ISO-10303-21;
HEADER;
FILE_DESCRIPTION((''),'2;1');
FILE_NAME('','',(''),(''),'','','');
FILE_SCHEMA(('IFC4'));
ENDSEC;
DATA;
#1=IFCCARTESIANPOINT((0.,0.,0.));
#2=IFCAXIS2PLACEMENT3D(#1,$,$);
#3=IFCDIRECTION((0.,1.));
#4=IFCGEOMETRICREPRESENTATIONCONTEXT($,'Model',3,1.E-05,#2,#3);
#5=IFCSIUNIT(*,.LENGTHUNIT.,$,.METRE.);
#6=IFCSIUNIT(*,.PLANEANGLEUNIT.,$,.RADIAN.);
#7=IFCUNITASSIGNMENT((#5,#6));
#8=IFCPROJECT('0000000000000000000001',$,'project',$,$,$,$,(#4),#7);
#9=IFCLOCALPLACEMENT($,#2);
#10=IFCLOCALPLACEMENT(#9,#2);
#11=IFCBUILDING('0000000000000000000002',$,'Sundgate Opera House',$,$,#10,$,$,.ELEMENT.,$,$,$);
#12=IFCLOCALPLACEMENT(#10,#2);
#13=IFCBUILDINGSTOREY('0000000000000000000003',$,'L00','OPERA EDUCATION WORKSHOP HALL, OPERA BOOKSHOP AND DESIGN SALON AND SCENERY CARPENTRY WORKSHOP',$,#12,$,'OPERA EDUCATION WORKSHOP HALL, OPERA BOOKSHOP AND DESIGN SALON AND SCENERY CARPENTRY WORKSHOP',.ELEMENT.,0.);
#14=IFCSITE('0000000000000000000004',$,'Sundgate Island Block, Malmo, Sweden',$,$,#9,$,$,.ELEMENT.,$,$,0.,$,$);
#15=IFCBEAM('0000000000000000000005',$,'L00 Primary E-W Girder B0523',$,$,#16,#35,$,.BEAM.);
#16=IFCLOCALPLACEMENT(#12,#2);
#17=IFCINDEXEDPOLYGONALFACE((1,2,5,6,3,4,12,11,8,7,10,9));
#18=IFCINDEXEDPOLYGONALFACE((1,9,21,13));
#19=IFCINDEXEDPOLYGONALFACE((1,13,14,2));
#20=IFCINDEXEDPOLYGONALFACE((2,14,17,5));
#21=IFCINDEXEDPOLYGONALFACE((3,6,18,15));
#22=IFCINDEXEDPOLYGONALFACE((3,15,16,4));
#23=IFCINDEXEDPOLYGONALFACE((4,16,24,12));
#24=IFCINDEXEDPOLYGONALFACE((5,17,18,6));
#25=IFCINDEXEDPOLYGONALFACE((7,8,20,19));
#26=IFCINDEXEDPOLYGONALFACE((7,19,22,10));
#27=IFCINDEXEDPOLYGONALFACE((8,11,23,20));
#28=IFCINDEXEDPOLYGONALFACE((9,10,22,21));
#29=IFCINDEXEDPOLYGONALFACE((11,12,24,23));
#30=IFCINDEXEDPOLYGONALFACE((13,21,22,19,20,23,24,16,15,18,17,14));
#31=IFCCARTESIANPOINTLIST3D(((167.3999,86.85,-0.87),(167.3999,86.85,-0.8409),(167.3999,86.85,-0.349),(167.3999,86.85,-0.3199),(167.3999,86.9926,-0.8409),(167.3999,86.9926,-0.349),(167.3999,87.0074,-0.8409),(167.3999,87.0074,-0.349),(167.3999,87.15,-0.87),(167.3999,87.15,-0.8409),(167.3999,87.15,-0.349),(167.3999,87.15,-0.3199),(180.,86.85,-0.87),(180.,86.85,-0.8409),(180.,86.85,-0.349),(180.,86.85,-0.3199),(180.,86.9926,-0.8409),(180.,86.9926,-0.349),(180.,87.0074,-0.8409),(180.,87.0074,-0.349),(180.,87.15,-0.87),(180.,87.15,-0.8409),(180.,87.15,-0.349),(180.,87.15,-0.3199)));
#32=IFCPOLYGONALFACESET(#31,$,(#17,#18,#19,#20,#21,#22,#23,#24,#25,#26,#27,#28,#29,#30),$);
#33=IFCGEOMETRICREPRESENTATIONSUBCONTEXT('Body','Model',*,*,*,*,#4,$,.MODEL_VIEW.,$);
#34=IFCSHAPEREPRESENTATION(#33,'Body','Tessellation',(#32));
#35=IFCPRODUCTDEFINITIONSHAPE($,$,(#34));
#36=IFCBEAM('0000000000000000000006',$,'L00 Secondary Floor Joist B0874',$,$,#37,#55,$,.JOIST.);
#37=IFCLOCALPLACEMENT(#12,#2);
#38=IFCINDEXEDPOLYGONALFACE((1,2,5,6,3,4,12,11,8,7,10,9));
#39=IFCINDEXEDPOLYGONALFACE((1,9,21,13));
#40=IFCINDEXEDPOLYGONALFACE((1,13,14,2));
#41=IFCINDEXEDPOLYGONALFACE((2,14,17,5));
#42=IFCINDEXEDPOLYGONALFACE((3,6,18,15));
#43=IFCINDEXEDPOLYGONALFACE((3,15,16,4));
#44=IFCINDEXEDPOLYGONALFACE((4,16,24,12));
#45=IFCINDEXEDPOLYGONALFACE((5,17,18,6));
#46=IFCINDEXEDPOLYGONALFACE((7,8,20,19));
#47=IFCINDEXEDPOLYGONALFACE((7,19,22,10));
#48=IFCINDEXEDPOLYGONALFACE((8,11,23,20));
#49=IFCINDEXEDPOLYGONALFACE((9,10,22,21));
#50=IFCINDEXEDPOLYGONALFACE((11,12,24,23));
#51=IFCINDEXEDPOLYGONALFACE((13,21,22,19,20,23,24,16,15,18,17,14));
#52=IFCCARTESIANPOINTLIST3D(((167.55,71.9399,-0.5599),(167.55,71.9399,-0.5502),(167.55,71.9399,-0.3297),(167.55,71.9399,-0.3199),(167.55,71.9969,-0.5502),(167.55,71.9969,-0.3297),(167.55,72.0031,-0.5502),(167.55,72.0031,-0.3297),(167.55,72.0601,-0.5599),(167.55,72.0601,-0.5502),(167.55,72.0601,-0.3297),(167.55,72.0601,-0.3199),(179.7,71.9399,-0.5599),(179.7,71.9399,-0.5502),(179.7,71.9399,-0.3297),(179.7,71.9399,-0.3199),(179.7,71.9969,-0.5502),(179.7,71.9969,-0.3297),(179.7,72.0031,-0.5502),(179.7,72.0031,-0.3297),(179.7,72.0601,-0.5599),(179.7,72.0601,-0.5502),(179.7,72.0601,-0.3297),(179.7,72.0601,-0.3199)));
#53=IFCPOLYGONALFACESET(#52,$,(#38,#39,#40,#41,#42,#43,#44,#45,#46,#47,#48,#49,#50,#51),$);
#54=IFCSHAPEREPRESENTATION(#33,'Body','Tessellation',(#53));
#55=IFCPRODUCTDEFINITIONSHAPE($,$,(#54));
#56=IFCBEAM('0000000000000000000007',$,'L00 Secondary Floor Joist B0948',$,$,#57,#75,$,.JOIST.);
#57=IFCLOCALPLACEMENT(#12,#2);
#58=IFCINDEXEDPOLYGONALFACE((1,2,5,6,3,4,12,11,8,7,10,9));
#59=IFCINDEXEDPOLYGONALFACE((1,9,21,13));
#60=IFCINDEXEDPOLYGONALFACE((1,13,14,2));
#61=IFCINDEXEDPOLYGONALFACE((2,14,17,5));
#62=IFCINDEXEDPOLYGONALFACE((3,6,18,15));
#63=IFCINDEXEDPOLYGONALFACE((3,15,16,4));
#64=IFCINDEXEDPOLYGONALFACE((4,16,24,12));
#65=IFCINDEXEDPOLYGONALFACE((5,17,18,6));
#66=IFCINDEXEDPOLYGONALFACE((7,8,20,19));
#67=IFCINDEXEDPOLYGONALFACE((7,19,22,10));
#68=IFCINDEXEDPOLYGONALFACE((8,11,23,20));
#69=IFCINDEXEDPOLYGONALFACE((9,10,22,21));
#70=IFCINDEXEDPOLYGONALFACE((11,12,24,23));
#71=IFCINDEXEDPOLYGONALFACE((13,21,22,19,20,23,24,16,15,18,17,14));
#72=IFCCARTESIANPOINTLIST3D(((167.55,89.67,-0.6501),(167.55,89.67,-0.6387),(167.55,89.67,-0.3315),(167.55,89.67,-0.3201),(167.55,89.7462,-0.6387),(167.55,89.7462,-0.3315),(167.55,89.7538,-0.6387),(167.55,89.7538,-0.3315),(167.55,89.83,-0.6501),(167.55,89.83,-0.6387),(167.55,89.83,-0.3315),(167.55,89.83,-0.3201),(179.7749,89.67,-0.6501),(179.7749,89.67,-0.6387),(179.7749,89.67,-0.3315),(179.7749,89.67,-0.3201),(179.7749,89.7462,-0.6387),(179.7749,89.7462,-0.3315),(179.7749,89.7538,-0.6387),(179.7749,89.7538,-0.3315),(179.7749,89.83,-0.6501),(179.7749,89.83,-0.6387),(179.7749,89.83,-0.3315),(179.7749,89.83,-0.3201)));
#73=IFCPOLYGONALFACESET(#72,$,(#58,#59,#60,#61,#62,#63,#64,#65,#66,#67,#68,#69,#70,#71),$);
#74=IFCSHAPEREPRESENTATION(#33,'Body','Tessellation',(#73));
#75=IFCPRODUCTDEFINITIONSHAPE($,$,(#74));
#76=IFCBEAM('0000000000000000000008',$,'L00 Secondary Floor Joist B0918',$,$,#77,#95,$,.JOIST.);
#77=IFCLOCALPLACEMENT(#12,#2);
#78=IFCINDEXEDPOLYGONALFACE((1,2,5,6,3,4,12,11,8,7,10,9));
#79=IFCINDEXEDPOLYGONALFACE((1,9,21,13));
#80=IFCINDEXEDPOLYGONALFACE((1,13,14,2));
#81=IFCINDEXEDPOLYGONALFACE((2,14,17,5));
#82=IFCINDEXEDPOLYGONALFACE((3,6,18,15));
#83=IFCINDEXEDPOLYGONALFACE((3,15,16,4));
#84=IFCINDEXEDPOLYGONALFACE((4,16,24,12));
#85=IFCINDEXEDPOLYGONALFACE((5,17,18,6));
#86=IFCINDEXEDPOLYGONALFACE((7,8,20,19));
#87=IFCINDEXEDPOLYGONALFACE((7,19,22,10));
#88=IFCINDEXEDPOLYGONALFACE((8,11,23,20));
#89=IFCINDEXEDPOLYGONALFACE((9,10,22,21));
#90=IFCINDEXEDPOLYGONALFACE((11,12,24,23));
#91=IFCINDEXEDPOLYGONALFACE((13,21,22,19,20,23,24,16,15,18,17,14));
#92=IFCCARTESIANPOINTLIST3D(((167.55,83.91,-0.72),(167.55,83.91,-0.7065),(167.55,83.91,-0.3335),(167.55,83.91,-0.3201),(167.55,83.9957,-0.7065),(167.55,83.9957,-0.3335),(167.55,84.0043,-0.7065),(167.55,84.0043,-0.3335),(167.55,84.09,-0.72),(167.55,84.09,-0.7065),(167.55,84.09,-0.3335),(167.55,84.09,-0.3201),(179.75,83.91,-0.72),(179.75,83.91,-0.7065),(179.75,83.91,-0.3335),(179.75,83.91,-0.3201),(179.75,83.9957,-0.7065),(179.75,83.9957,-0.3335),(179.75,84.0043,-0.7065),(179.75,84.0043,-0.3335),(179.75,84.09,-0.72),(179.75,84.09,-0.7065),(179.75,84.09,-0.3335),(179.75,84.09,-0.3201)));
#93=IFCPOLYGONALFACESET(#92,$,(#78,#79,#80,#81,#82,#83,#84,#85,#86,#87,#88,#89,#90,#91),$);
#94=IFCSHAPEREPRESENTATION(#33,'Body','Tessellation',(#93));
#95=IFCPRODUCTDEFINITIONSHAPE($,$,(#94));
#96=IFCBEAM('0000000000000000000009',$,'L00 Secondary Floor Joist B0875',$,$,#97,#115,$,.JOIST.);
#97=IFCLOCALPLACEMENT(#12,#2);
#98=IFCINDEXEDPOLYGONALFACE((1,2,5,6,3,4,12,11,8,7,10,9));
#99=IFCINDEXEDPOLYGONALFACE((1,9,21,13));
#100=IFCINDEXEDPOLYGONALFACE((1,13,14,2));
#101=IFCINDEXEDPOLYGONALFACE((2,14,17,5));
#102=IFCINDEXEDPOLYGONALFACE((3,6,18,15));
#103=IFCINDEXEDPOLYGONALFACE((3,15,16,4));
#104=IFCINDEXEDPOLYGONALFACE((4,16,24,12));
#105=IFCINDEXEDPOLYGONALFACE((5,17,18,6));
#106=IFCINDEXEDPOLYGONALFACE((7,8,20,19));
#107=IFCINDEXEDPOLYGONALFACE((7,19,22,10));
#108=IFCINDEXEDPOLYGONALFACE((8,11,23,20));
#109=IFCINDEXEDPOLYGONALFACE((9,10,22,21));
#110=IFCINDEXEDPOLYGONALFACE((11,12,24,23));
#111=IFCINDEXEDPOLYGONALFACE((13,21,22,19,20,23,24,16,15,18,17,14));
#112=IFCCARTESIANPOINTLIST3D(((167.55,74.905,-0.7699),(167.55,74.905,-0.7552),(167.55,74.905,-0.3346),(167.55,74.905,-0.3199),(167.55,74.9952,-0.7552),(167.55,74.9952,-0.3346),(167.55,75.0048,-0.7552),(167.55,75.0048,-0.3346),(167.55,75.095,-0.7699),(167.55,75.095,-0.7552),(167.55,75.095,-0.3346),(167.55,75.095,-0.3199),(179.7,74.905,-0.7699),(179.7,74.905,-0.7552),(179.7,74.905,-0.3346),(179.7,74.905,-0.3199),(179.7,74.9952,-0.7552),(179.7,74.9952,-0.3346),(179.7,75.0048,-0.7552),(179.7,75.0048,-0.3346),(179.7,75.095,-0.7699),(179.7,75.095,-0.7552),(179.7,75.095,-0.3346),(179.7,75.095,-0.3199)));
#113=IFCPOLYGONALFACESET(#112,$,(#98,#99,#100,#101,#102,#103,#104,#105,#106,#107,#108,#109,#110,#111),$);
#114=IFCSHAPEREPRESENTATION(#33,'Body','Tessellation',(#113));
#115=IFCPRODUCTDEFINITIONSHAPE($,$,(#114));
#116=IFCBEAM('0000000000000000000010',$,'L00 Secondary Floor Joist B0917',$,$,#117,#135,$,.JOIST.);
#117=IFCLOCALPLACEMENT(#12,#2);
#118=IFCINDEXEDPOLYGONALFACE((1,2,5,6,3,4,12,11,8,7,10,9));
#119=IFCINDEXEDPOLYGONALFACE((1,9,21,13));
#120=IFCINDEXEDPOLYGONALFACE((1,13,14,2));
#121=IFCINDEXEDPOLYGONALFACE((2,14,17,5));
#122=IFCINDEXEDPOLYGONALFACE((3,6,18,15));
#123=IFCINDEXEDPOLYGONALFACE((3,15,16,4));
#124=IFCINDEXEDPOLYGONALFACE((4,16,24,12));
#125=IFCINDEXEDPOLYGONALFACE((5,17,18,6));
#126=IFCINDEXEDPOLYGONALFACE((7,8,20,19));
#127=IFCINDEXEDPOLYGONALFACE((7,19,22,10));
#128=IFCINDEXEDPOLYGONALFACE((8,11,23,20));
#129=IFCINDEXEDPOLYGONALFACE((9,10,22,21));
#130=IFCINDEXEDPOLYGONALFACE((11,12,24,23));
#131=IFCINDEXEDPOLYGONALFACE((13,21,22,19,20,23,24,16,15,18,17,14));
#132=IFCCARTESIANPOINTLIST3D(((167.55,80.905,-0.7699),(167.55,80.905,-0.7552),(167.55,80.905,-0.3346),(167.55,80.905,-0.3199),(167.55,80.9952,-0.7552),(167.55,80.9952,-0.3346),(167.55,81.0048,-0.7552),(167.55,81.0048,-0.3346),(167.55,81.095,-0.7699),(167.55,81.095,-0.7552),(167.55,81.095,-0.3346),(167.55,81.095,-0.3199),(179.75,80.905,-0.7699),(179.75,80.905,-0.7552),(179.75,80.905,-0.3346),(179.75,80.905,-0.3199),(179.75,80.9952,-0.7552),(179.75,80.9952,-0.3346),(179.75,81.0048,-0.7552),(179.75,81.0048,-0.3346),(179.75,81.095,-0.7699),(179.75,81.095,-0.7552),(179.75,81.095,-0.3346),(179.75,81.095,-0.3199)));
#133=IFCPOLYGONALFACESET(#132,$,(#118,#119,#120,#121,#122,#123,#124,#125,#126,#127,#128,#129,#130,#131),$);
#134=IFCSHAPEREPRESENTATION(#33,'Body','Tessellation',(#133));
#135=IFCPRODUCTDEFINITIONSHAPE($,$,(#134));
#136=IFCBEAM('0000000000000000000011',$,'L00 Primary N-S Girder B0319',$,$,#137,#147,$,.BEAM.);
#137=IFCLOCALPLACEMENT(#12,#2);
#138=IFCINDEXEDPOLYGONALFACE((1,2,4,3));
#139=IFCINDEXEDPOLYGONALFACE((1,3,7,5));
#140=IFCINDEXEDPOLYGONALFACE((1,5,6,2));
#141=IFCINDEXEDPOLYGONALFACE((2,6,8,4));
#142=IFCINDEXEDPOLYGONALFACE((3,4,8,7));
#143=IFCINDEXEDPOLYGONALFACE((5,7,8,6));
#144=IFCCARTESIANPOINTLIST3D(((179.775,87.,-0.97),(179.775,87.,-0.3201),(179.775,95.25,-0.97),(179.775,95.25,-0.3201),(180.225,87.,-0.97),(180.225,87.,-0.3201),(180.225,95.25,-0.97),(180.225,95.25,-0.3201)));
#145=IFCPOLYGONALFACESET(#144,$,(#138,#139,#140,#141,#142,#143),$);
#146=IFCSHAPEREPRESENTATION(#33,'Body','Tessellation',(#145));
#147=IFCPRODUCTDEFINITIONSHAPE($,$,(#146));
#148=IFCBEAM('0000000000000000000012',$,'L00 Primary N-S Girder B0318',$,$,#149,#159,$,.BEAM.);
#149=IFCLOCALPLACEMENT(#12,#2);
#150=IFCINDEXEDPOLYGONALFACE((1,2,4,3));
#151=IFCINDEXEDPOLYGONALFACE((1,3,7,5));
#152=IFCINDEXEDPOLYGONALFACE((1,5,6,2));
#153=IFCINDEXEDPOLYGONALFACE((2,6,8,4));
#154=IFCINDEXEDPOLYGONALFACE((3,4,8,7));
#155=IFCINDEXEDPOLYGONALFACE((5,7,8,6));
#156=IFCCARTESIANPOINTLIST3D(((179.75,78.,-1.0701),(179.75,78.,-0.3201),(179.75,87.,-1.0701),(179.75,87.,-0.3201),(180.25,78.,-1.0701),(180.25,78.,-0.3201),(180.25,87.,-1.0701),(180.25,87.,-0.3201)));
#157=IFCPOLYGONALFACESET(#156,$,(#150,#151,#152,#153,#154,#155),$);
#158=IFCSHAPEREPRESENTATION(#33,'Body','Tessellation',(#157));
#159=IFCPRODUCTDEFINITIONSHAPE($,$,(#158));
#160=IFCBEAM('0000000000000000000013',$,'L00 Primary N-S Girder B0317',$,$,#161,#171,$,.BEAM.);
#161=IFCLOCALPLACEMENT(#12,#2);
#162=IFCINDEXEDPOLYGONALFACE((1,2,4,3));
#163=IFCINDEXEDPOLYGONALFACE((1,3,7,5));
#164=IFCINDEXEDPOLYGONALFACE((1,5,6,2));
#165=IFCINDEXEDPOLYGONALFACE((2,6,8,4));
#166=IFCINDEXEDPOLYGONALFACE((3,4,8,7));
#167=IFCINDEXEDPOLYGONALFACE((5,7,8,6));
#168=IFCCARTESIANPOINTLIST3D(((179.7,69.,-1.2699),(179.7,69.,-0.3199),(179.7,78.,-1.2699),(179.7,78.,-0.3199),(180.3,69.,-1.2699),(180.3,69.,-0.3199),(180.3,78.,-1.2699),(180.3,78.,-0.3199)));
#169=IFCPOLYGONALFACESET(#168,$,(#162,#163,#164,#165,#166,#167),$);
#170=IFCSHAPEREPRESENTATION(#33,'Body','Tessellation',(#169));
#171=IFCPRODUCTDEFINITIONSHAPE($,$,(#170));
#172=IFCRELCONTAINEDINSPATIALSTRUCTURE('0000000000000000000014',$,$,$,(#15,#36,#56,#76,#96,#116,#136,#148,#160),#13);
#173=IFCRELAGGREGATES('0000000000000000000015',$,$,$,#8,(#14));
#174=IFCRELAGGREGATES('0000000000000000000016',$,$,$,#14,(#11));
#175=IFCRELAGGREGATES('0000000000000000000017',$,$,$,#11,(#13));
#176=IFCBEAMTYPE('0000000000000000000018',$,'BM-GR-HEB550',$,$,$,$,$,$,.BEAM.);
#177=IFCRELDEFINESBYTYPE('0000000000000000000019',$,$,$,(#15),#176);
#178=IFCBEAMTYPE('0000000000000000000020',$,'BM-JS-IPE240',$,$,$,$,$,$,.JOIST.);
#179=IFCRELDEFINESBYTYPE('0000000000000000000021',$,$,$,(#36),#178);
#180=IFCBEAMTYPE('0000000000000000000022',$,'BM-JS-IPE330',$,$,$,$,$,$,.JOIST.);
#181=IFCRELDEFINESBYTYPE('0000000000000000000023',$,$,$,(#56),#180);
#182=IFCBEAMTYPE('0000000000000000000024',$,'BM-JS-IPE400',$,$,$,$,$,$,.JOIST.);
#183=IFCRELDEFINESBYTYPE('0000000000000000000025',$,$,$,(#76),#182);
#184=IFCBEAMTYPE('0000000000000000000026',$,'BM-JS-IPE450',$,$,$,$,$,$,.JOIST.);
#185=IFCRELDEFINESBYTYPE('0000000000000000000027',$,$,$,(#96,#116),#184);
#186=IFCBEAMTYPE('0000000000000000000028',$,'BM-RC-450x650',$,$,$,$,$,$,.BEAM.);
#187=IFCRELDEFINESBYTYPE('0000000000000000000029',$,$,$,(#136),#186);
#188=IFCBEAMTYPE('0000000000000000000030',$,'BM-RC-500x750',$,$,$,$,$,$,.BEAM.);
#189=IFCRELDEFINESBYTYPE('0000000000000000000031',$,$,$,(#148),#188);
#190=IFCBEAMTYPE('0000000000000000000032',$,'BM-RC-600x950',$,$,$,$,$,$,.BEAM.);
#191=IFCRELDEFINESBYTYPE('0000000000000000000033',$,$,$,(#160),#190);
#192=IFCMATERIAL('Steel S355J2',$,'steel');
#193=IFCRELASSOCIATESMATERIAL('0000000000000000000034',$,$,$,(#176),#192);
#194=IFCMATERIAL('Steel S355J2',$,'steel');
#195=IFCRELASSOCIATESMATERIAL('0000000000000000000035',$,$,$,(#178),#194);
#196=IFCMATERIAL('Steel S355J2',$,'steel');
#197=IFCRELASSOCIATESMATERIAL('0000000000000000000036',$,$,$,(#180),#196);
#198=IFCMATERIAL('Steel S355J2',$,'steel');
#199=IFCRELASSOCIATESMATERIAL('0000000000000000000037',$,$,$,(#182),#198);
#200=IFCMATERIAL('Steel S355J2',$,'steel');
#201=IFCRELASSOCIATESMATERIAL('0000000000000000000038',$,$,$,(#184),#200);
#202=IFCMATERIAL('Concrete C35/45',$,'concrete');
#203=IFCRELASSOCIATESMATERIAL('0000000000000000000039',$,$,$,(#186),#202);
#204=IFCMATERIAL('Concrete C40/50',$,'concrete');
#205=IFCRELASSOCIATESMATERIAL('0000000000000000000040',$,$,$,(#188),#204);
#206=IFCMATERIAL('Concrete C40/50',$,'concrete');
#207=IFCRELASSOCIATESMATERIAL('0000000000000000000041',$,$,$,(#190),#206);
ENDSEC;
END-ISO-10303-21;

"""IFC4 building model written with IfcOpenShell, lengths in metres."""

from ifc_helpers import new_model, si_unit, direction, frame, origin, origin_2d, place, context, subcontext, project, spatial, rectangle, i_section, extrude, material, material_profile, profile_set, type_object, element, save


model = new_model("IFC4")

# Units and contexts
model_context = context("Model", 3, precision=1e-05, world=origin(), true_north=direction((0.0, 1.0)))
body_context = subcontext(model_context, "Body", "Model", "MODEL_VIEW")
ifc_project = project(units=[si_unit("LENGTHUNIT", "METRE"), si_unit("PLANEANGLEUNIT", "RADIAN")], contexts=[model_context])

# Site, building, storey
site_placement = place(None, origin())
site = spatial("IfcSite", under=ifc_project, at=site_placement, Name="Sundgate Island Block, Malmo, Sweden", CompositionType="ELEMENT", RefElevation=0.0)
building_placement = place(site_placement, origin())
building = spatial("IfcBuilding", under=site, at=building_placement, Name="Sundgate Opera House", CompositionType="ELEMENT")
storey_placement = place(building_placement, origin())
storey = spatial("IfcBuildingStorey", under=building, at=storey_placement, Name="L00", Description="OPERA EDUCATION WORKSHOP HALL, OPERA BOOKSHOP AND DESIGN SALON AND SCENERY CARPENTRY WORKSHOP", LongName="OPERA EDUCATION WORKSHOP HALL, OPERA BOOKSHOP AND DESIGN SALON AND SCENERY CARPENTRY WORKSHOP", CompositionType="ELEMENT", Elevation=0.0)

# Beams
ifc_material_1 = material(Name="Steel S355J2", Category="steel")
ifc_material_profile_1 = material_profile(ifc_material_1, i_section(OverallWidth=0.3, OverallDepth=0.55, WebThickness=0.0149, FlangeThickness=0.0291, at=origin_2d()), Name="HEB 550")
ifc_profile_set_1 = profile_set([ifc_material_profile_1], Name="Steel S355J2")
beam_type_1 = type_object("IfcBeamType", Name="BM-GR-HEB550", PredefinedType="BEAM", material=ifc_profile_set_1)
for number, where, z_axis, x_axis, name in (
    (1, (167.3999, 87.0, -0.595), (1.0, 0.0, 0.0), (0.0, 1.0, 0.0), "L00 Primary E-W Girder B0523"),
):
    element("IfcBeam", number, at=place(storey_placement, frame(where, z_axis=z_axis, x_axis=x_axis)), inside=storey, type_object=beam_type_1, Name=name, PredefinedType="BEAM", context=body_context, shape_type="SweptSolid", body=[
        extrude(i_section(OverallWidth=0.3, OverallDepth=0.55, WebThickness=0.0149, FlangeThickness=0.0291, at=origin_2d()), origin(), (0.0, 0.0, 1.0), 12.6001),
    ])
ifc_material_2 = material(Name="Steel S355J2", Category="steel")
ifc_material_profile_2 = material_profile(ifc_material_2, i_section(OverallWidth=0.1201, OverallDepth=0.24, WebThickness=0.0061, FlangeThickness=0.0098, at=origin_2d()), Name="IPE 240")
ifc_profile_set_2 = profile_set([ifc_material_profile_2], Name="Steel S355J2")
beam_type_2 = type_object("IfcBeamType", Name="BM-JS-IPE240", PredefinedType="JOIST", material=ifc_profile_set_2)
beam_1_placement = place(storey_placement, frame((167.55, 72.0, -0.4399), z_axis=(1.0, 0.0, 0.0), x_axis=(0.0, 1.0, 0.0)))
element("IfcBeam", 2, at=beam_1_placement, inside=storey, type_object=beam_type_2, Name="L00 Secondary Floor Joist B0874", PredefinedType="JOIST", context=body_context, shape_type="SweptSolid", body=[
    extrude(i_section(OverallWidth=0.1201, OverallDepth=0.24, WebThickness=0.0061, FlangeThickness=0.0098, at=origin_2d()), origin(), (0.0, 0.0, 1.0), 12.1499),
])
ifc_material_3 = material(Name="Steel S355J2", Category="steel")
ifc_material_profile_3 = material_profile(ifc_material_3, i_section(OverallWidth=0.1599, OverallDepth=0.3301, WebThickness=0.0076, FlangeThickness=0.0115, at=origin_2d()), Name="IPE 330")
ifc_profile_set_3 = profile_set([ifc_material_profile_3], Name="Steel S355J2")
beam_type_3 = type_object("IfcBeamType", Name="BM-JS-IPE330", PredefinedType="JOIST", material=ifc_profile_set_3)
beam_2_placement = place(storey_placement, frame((167.55, 89.75, -0.4851), z_axis=(1.0, 0.0, 0.0), x_axis=(0.0, 1.0, 0.0)))
element("IfcBeam", 3, at=beam_2_placement, inside=storey, type_object=beam_type_3, Name="L00 Secondary Floor Joist B0948", PredefinedType="JOIST", context=body_context, shape_type="SweptSolid", body=[
    extrude(i_section(OverallWidth=0.1599, OverallDepth=0.3301, WebThickness=0.0076, FlangeThickness=0.0115, at=origin_2d()), origin(), (0.0, 0.0, 1.0), 12.2249),
])
ifc_material_4 = material(Name="Steel S355J2", Category="steel")
ifc_material_profile_4 = material_profile(ifc_material_4, i_section(OverallWidth=0.1799, OverallDepth=0.3999, WebThickness=0.0085, FlangeThickness=0.0134, at=origin_2d()), Name="IPE 400")
ifc_profile_set_4 = profile_set([ifc_material_profile_4], Name="Steel S355J2")
beam_type_4 = type_object("IfcBeamType", Name="BM-JS-IPE400", PredefinedType="JOIST", material=ifc_profile_set_4)
beam_3_placement = place(storey_placement, frame((167.55, 84.0, -0.52), z_axis=(1.0, 0.0, 0.0), x_axis=(0.0, 1.0, 0.0)))
element("IfcBeam", 4, at=beam_3_placement, inside=storey, type_object=beam_type_4, Name="L00 Secondary Floor Joist B0918", PredefinedType="JOIST", context=body_context, shape_type="SweptSolid", body=[
    extrude(i_section(OverallWidth=0.1799, OverallDepth=0.3999, WebThickness=0.0085, FlangeThickness=0.0134, at=origin_2d()), origin(), (0.0, 0.0, 1.0), 12.2),
])
ifc_material_5 = material(Name="Steel S355J2", Category="steel")
ifc_material_profile_5 = material_profile(ifc_material_5, i_section(OverallWidth=0.1899, OverallDepth=0.45, WebThickness=0.0095, FlangeThickness=0.0146, at=origin_2d()), Name="IPE 450")
ifc_profile_set_5 = profile_set([ifc_material_profile_5], Name="Steel S355J2")
beam_type_5 = type_object("IfcBeamType", Name="BM-JS-IPE450", PredefinedType="JOIST", material=ifc_profile_set_5)
beam_4_placement = place(storey_placement, frame((167.55, 75.0, -0.5449), z_axis=(1.0, 0.0, 0.0), x_axis=(0.0, 1.0, 0.0)))
element("IfcBeam", 5, at=beam_4_placement, inside=storey, type_object=beam_type_5, Name="L00 Secondary Floor Joist B0875", PredefinedType="JOIST", context=body_context, shape_type="SweptSolid", body=[
    extrude(i_section(OverallWidth=0.1899, OverallDepth=0.45, WebThickness=0.0095, FlangeThickness=0.0146, at=origin_2d()), origin(), (0.0, 0.0, 1.0), 12.1499),
])
beam_5_placement = place(storey_placement, frame((167.55, 81.0, -0.5449), z_axis=(1.0, 0.0, 0.0), x_axis=(0.0, 1.0, 0.0)))
element("IfcBeam", 6, at=beam_5_placement, inside=storey, type_object=beam_type_5, Name="L00 Secondary Floor Joist B0917", PredefinedType="JOIST", context=body_context, shape_type="SweptSolid", body=[
    extrude(i_section(OverallWidth=0.1899, OverallDepth=0.45, WebThickness=0.0095, FlangeThickness=0.0146, at=origin_2d()), origin(), (0.0, 0.0, 1.0), 12.2),
])
ifc_material_6 = material(Name="Concrete C35/45", Category="concrete")
ifc_material_profile_6 = material_profile(ifc_material_6, rectangle(XDim=0.45, YDim=0.6499, at=origin_2d()), Name="RC 450x650")
ifc_profile_set_6 = profile_set([ifc_material_profile_6], Name="Concrete C35/45")
beam_type_6 = type_object("IfcBeamType", Name="BM-RC-450x650", PredefinedType="BEAM", material=ifc_profile_set_6)
beam_6_placement = place(storey_placement, frame((180.0, 87.0, -0.645), z_axis=(0.0, 1.0, 0.0), x_axis=(-1.0, 0.0, 0.0)))
element("IfcBeam", 7, at=beam_6_placement, inside=storey, type_object=beam_type_6, Name="L00 Primary N-S Girder B0319", PredefinedType="BEAM", context=body_context, shape_type="SweptSolid", body=[
    extrude(rectangle(XDim=0.45, YDim=0.6499, at=origin_2d()), origin(), (0.0, 0.0, 1.0), 8.25),
])
ifc_material_7 = material(Name="Concrete C40/50", Category="concrete")
ifc_material_profile_7 = material_profile(ifc_material_7, rectangle(XDim=0.5, YDim=0.75, at=origin_2d()), Name="RC 500x750")
ifc_profile_set_7 = profile_set([ifc_material_profile_7], Name="Concrete C40/50")
beam_type_7 = type_object("IfcBeamType", Name="BM-RC-500x750", PredefinedType="BEAM", material=ifc_profile_set_7)
beam_7_placement = place(storey_placement, frame((180.0, 78.0, -0.6951), z_axis=(0.0, 1.0, 0.0), x_axis=(-1.0, 0.0, 0.0)))
element("IfcBeam", 8, at=beam_7_placement, inside=storey, type_object=beam_type_7, Name="L00 Primary N-S Girder B0318", PredefinedType="BEAM", context=body_context, shape_type="SweptSolid", body=[
    extrude(rectangle(XDim=0.5, YDim=0.75, at=origin_2d()), origin(), (0.0, 0.0, 1.0), 9.0),
])
ifc_material_8 = material(Name="Concrete C40/50", Category="concrete")
ifc_material_profile_8 = material_profile(ifc_material_8, rectangle(XDim=0.6001, YDim=0.95, at=origin_2d()), Name="RC 600x950")
ifc_profile_set_8 = profile_set([ifc_material_profile_8], Name="Concrete C40/50")
beam_type_8 = type_object("IfcBeamType", Name="BM-RC-600x950", PredefinedType="BEAM", material=ifc_profile_set_8)
beam_8_placement = place(storey_placement, frame((180.0, 69.0, -0.7949), z_axis=(0.0, 1.0, 0.0), x_axis=(-1.0, 0.0, 0.0)))
element("IfcBeam", 9, at=beam_8_placement, inside=storey, type_object=beam_type_8, Name="L00 Primary N-S Girder B0317", PredefinedType="BEAM", context=body_context, shape_type="SweptSolid", body=[
    extrude(rectangle(XDim=0.6001, YDim=0.95, at=origin_2d()), origin(), (0.0, 0.0, 1.0), 9.0),
])

save(model, "model.ifc")
